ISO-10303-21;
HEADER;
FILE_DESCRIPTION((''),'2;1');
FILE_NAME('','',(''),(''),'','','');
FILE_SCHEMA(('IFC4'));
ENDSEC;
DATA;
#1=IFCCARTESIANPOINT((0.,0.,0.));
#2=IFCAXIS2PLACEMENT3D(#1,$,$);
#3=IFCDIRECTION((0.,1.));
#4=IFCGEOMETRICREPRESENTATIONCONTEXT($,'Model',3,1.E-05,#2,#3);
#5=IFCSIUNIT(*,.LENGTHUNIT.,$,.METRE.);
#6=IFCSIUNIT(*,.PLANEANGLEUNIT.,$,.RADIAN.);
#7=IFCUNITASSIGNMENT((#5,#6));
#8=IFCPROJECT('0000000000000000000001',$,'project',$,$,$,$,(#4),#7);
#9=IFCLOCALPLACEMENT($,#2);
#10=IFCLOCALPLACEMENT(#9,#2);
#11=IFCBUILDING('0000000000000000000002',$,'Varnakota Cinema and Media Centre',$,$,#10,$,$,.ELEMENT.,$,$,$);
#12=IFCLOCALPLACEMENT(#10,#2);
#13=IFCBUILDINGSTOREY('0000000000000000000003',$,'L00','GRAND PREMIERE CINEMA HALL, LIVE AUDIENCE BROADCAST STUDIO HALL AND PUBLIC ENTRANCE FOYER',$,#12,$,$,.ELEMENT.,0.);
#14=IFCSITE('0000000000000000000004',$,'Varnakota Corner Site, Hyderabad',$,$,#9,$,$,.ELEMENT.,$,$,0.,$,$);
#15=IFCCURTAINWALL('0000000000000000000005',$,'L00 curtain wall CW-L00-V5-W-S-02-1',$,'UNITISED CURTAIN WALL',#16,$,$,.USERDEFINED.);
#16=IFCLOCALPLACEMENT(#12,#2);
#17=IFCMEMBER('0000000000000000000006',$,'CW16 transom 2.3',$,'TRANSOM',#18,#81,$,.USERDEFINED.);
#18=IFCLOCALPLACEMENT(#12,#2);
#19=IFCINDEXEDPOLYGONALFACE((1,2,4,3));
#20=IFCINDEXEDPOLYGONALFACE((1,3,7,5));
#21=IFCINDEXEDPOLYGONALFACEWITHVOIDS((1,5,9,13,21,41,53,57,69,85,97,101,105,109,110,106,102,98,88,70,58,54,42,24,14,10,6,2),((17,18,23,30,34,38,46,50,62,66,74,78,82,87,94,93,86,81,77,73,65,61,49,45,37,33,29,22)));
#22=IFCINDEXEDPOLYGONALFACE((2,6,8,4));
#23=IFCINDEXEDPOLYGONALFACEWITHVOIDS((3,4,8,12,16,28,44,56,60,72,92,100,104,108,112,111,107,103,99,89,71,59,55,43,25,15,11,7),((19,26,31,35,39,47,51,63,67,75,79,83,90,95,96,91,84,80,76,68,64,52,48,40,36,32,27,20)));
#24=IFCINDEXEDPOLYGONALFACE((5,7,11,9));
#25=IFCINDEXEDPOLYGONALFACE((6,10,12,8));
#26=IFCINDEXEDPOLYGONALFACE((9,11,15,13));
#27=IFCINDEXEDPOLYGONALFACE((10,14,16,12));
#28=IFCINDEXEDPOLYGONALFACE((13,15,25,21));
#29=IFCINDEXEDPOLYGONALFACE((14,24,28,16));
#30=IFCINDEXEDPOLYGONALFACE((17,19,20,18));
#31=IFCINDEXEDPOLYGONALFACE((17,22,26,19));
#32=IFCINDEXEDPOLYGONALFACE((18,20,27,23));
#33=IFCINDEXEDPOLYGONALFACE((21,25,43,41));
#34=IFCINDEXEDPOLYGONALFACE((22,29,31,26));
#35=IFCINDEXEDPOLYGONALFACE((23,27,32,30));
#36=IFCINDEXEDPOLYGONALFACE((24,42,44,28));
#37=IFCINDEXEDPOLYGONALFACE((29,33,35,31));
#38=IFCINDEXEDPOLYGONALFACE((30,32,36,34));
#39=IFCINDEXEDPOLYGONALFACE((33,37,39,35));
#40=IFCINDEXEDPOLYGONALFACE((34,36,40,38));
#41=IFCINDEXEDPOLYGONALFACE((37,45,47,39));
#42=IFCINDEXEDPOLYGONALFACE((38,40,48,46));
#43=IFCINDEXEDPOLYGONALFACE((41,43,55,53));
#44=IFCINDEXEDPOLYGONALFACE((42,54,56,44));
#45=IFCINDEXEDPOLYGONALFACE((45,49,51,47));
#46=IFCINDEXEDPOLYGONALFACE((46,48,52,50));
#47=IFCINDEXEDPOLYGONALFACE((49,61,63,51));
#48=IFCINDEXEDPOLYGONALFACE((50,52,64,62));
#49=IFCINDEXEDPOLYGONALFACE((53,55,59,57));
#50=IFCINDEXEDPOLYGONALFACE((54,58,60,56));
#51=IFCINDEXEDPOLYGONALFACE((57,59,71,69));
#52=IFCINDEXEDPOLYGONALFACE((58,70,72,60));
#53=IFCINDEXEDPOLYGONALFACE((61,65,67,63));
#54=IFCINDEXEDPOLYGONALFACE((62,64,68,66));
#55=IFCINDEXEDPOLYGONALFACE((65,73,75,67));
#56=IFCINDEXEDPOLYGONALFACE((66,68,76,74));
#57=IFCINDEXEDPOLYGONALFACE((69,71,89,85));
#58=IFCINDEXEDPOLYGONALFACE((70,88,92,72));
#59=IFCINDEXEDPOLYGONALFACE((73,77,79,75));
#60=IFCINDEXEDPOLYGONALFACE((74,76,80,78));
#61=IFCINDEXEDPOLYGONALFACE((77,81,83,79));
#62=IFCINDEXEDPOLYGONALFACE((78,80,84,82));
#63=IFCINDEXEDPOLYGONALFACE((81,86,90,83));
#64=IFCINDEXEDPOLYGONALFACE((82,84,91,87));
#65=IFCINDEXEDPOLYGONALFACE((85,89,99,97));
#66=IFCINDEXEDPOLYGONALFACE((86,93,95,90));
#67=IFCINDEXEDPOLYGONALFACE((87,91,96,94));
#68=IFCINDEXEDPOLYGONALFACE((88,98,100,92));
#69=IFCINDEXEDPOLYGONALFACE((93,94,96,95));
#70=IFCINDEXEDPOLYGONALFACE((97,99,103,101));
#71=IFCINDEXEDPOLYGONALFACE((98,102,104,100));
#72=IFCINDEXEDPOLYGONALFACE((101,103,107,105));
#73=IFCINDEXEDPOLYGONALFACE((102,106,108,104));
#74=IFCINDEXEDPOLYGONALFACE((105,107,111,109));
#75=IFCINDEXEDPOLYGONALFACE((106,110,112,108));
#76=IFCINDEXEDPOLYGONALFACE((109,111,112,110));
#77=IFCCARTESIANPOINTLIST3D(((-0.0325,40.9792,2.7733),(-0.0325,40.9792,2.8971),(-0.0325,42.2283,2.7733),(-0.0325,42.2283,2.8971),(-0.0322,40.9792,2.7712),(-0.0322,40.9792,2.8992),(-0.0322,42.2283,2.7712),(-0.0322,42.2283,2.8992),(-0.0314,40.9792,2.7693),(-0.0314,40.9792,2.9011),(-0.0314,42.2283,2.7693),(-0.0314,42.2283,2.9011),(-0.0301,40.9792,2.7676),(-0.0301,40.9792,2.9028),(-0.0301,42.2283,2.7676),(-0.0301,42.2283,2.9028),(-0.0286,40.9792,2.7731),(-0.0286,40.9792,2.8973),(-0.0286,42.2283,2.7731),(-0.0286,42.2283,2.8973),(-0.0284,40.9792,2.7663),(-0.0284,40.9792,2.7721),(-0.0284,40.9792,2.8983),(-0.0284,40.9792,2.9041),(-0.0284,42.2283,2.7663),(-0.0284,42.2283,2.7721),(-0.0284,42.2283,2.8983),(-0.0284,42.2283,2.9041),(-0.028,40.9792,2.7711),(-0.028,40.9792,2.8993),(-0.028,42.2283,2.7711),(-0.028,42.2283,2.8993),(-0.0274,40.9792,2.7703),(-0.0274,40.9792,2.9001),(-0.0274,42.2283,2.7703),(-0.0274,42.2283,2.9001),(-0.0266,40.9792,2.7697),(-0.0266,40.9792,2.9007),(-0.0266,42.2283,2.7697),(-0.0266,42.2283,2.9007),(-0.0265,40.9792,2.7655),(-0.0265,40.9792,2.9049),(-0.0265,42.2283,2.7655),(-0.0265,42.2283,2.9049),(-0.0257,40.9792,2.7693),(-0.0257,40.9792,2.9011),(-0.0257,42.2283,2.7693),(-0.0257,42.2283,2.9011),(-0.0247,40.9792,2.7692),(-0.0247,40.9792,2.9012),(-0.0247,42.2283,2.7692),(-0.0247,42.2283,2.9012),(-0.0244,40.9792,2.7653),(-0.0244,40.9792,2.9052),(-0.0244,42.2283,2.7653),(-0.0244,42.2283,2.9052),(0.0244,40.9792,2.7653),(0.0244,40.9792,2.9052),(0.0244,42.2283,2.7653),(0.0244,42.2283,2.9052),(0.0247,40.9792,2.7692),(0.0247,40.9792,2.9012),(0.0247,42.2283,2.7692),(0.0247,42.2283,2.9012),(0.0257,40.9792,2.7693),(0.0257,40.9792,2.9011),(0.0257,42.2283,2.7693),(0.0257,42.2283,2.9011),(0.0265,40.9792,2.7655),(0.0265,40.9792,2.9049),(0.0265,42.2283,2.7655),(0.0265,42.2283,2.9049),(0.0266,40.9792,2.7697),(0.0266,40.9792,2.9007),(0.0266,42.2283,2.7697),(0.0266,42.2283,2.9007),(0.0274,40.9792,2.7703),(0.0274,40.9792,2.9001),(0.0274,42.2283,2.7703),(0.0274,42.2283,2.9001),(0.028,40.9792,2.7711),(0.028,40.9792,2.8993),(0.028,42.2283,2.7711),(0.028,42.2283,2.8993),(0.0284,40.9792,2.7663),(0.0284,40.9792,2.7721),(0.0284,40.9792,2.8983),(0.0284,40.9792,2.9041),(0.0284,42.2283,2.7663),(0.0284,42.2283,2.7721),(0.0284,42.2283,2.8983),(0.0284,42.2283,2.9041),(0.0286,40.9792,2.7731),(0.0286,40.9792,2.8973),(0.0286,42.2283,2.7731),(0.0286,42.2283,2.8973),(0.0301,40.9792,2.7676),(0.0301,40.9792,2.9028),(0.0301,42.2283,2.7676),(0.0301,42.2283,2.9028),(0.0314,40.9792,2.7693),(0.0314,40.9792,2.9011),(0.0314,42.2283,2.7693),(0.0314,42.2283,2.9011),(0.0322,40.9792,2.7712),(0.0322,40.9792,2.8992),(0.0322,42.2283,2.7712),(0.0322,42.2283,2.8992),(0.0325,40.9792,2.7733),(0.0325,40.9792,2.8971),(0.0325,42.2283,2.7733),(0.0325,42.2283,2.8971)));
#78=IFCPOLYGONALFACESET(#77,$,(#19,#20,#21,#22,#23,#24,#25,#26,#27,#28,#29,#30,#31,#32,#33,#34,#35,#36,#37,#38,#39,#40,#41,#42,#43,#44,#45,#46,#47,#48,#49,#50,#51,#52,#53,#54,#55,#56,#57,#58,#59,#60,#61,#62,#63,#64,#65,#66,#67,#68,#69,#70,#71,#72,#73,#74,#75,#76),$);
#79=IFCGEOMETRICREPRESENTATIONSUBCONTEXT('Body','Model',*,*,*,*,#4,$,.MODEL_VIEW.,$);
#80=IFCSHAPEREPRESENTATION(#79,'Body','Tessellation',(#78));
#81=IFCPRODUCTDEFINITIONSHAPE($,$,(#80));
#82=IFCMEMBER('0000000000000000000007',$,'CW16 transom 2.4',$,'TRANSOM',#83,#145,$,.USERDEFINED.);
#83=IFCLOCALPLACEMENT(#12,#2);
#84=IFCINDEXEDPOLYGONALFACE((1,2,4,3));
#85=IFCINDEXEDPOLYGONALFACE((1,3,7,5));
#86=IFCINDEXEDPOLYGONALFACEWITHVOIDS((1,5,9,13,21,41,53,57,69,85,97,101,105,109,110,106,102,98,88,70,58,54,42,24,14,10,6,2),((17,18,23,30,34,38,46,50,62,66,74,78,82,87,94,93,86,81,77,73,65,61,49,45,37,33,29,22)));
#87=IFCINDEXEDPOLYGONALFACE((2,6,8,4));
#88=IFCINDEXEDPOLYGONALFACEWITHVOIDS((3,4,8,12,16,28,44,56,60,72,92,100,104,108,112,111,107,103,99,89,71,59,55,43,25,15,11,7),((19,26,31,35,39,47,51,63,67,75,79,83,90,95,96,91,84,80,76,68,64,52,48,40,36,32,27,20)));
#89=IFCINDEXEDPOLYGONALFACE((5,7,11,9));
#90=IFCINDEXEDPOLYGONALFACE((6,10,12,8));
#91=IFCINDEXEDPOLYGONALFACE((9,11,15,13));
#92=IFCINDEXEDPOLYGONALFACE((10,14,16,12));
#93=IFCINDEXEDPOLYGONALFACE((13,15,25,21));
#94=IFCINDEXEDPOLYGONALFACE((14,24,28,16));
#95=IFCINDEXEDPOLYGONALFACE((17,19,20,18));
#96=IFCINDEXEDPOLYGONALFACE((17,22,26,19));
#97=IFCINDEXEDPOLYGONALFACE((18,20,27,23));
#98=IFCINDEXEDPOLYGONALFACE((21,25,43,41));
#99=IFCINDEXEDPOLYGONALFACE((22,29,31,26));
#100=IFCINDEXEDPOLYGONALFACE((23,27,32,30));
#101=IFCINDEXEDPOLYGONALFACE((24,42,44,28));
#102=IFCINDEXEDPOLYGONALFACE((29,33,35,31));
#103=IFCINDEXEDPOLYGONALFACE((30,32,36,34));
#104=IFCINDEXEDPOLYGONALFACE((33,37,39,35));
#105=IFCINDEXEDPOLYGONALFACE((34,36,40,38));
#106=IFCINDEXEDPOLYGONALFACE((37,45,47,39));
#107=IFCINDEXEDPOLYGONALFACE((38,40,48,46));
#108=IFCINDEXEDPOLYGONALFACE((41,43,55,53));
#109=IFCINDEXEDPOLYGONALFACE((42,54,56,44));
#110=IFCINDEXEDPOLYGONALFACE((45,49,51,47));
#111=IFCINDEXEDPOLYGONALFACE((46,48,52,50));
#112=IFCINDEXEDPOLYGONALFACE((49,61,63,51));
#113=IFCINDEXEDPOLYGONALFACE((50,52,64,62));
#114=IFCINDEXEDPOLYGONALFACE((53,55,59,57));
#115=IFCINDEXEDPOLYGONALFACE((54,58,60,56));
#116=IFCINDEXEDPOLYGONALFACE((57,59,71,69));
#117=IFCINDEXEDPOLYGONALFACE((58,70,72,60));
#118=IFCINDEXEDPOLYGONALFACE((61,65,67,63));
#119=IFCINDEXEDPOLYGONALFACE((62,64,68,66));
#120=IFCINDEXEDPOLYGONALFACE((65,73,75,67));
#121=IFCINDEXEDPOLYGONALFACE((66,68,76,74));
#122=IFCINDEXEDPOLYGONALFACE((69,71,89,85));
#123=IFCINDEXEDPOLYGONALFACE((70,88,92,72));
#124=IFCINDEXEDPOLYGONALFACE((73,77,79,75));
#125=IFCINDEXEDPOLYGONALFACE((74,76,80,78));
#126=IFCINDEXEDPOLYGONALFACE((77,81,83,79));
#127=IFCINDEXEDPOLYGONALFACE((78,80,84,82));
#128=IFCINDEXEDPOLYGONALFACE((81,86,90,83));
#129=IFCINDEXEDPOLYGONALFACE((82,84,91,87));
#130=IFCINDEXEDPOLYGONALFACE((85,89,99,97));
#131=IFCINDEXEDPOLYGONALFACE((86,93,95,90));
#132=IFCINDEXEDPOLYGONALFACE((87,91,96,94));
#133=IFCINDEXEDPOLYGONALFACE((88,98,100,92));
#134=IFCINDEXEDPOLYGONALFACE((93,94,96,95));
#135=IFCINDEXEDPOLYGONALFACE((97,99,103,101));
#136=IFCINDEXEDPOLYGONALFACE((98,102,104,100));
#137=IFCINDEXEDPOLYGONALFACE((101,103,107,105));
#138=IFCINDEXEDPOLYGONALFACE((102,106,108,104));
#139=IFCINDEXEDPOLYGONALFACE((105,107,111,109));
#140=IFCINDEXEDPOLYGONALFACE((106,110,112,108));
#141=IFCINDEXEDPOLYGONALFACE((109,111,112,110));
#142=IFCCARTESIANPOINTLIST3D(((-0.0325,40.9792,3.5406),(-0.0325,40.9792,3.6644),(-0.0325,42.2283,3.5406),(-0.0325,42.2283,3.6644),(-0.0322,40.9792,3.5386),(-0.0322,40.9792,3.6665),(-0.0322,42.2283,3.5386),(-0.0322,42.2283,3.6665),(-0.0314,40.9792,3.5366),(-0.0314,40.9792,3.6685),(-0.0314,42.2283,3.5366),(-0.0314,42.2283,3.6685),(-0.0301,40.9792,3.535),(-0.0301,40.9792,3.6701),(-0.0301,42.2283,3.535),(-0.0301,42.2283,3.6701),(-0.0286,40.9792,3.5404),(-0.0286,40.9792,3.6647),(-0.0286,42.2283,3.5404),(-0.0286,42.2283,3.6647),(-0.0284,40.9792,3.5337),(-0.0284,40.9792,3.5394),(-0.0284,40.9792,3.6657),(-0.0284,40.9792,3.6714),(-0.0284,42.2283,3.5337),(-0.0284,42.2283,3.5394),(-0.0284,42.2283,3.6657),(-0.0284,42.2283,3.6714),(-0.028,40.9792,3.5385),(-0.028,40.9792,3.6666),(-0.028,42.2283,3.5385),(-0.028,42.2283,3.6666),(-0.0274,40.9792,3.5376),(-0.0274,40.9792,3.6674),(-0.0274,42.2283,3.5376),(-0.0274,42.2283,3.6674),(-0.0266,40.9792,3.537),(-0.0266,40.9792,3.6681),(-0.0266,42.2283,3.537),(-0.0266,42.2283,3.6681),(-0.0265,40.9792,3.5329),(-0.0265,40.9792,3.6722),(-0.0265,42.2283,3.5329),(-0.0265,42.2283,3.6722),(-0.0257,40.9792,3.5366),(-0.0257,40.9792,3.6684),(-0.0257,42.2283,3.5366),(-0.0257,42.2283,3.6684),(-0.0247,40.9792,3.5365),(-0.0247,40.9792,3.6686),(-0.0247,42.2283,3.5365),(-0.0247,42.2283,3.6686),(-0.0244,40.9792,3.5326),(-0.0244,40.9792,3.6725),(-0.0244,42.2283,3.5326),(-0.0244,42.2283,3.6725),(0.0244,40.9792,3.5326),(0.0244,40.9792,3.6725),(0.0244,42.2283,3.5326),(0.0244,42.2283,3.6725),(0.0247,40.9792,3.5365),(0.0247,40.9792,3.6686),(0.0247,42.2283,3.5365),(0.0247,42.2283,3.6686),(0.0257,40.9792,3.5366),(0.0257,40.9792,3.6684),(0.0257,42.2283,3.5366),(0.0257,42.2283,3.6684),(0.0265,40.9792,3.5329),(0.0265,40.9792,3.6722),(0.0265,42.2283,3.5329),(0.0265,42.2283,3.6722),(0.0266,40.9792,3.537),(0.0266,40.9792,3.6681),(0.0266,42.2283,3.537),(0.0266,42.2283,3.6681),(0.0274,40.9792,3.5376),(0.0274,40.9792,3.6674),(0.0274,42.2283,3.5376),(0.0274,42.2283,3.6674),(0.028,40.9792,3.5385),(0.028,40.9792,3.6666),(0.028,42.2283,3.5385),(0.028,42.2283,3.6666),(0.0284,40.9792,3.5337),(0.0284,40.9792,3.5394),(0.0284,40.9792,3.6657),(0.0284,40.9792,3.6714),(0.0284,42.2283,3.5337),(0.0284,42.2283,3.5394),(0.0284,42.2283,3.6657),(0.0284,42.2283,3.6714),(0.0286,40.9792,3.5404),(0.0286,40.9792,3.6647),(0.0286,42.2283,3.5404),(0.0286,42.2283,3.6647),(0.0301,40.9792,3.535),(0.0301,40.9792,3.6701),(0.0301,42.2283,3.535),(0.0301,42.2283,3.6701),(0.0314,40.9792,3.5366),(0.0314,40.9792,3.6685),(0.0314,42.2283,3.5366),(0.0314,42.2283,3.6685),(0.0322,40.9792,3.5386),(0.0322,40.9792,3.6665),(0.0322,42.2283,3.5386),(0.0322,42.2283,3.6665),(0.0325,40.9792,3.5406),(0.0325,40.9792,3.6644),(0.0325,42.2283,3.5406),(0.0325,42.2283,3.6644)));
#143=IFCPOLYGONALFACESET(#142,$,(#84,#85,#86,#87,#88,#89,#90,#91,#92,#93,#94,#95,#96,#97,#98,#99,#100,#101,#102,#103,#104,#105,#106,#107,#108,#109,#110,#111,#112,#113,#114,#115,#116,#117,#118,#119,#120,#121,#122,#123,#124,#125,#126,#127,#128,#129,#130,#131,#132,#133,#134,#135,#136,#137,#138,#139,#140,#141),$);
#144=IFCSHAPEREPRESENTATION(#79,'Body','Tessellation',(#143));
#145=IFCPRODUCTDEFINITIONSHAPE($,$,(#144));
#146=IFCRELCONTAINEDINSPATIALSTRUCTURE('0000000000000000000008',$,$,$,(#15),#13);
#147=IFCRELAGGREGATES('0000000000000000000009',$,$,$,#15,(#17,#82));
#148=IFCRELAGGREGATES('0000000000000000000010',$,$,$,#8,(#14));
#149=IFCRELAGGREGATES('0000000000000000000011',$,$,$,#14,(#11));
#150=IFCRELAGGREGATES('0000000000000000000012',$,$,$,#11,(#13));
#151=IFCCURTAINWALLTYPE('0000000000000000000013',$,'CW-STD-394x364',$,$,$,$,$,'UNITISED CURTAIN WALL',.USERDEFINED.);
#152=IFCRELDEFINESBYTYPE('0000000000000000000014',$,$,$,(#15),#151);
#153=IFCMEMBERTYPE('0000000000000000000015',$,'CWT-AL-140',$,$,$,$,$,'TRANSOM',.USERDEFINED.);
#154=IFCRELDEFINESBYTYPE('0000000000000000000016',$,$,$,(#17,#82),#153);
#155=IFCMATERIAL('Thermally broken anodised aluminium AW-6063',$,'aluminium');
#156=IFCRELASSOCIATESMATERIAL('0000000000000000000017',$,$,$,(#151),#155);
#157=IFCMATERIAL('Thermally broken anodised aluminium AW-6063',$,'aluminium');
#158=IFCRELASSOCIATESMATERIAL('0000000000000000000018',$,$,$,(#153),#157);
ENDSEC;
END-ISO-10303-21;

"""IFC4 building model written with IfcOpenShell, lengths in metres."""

from ifc_helpers import new_model, si_unit, direction, frame, origin, origin_2d, place, context, subcontext, project, spatial, hollow_rectangle, extrude, material, material_profile, profile_set, type_object, element, aggregate, save


model = new_model("IFC4")

# Units and contexts
model_context = context("Model", 3, precision=1e-05, world=origin(), true_north=direction((0.0, 1.0)))
body_context = subcontext(model_context, "Body", "Model", "MODEL_VIEW")
ifc_project = project(units=[si_unit("LENGTHUNIT", "METRE"), si_unit("PLANEANGLEUNIT", "RADIAN")], contexts=[model_context])

# Site, building, storey
site_placement = place(None, origin())
site = spatial("IfcSite", under=ifc_project, at=site_placement, Name="Varnakota Corner Site, Hyderabad", CompositionType="ELEMENT", RefElevation=0.0)
building_placement = place(site_placement, origin())
building = spatial("IfcBuilding", under=site, at=building_placement, Name="Varnakota Cinema and Media Centre", CompositionType="ELEMENT")
storey_placement = place(building_placement, origin())
storey = spatial("IfcBuildingStorey", under=building, at=storey_placement, Name="L00", Description="GRAND PREMIERE CINEMA HALL, LIVE AUDIENCE BROADCAST STUDIO HALL AND PUBLIC ENTRANCE FOYER", CompositionType="ELEMENT", Elevation=0.0)

# Curtain wall, members
ifc_material_1 = material(Name="Thermally broken anodised aluminium AW-6063", Category="aluminium")
curtain_wall_type = type_object("IfcCurtainWallType", Name="CW-STD-394x364", ElementType="UNITISED CURTAIN WALL", PredefinedType="USERDEFINED", material=ifc_material_1)
curtain_wall_placement = place(storey_placement, origin())
curtain_wall = element("IfcCurtainWall", 1, at=curtain_wall_placement, inside=storey, type_object=curtain_wall_type, Name="L00 curtain wall CW-L00-V5-W-S-02-1", ObjectType="UNITISED CURTAIN WALL", PredefinedType="USERDEFINED")
ifc_material_2 = material(Name="Thermally broken anodised aluminium AW-6063", Category="aluminium")
ifc_material_profile_1 = material_profile(ifc_material_2, hollow_rectangle(XDim=0.0649, YDim=0.1399, WallThickness=0.0039, InnerFilletRadius=0.0039, OuterFilletRadius=0.0081, at=origin_2d()), Name="AL-TRANSOM 140x65x4")
ifc_profile_set_1 = profile_set([ifc_material_profile_1], Name="Thermally broken anodised aluminium AW-6063")
member_type_1 = type_object("IfcMemberType", Name="CWT-AL-140", ElementType="TRANSOM", PredefinedType="USERDEFINED", material=ifc_profile_set_1)
member_1_placement = place(storey_placement, frame((0.0, 42.2283, 2.8352), z_axis=(0.0, -1.0, 0.0), x_axis=(1.0, 0.0, 0.0)))
member_1 = element("IfcMember", 2, at=member_1_placement, type_object=member_type_1, Name="CW16 transom 2.3", ObjectType="TRANSOM", PredefinedType="USERDEFINED", context=body_context, shape_type="SweptSolid", body=[
    extrude(hollow_rectangle(XDim=0.0649, YDim=0.1399, WallThickness=0.0039, InnerFilletRadius=0.0039, OuterFilletRadius=0.0081, at=origin_2d()), origin(), (0.0, 0.0, 1.0), 1.249),
])
member_2_placement = place(storey_placement, frame((0.0, 42.2283, 3.6025), z_axis=(0.0, -1.0, 0.0), x_axis=(1.0, 0.0, 0.0)))
member_2 = element("IfcMember", 3, at=member_2_placement, type_object=member_type_1, Name="CW16 transom 2.4", ObjectType="TRANSOM", PredefinedType="USERDEFINED", context=body_context, shape_type="SweptSolid", body=[
    extrude(hollow_rectangle(XDim=0.0649, YDim=0.1399, WallThickness=0.0039, InnerFilletRadius=0.0039, OuterFilletRadius=0.0081, at=origin_2d()), origin(), (0.0, 0.0, 1.0), 1.249),
])
aggregate(curtain_wall, [member_1, member_2])

save(model, "model.ifc")
